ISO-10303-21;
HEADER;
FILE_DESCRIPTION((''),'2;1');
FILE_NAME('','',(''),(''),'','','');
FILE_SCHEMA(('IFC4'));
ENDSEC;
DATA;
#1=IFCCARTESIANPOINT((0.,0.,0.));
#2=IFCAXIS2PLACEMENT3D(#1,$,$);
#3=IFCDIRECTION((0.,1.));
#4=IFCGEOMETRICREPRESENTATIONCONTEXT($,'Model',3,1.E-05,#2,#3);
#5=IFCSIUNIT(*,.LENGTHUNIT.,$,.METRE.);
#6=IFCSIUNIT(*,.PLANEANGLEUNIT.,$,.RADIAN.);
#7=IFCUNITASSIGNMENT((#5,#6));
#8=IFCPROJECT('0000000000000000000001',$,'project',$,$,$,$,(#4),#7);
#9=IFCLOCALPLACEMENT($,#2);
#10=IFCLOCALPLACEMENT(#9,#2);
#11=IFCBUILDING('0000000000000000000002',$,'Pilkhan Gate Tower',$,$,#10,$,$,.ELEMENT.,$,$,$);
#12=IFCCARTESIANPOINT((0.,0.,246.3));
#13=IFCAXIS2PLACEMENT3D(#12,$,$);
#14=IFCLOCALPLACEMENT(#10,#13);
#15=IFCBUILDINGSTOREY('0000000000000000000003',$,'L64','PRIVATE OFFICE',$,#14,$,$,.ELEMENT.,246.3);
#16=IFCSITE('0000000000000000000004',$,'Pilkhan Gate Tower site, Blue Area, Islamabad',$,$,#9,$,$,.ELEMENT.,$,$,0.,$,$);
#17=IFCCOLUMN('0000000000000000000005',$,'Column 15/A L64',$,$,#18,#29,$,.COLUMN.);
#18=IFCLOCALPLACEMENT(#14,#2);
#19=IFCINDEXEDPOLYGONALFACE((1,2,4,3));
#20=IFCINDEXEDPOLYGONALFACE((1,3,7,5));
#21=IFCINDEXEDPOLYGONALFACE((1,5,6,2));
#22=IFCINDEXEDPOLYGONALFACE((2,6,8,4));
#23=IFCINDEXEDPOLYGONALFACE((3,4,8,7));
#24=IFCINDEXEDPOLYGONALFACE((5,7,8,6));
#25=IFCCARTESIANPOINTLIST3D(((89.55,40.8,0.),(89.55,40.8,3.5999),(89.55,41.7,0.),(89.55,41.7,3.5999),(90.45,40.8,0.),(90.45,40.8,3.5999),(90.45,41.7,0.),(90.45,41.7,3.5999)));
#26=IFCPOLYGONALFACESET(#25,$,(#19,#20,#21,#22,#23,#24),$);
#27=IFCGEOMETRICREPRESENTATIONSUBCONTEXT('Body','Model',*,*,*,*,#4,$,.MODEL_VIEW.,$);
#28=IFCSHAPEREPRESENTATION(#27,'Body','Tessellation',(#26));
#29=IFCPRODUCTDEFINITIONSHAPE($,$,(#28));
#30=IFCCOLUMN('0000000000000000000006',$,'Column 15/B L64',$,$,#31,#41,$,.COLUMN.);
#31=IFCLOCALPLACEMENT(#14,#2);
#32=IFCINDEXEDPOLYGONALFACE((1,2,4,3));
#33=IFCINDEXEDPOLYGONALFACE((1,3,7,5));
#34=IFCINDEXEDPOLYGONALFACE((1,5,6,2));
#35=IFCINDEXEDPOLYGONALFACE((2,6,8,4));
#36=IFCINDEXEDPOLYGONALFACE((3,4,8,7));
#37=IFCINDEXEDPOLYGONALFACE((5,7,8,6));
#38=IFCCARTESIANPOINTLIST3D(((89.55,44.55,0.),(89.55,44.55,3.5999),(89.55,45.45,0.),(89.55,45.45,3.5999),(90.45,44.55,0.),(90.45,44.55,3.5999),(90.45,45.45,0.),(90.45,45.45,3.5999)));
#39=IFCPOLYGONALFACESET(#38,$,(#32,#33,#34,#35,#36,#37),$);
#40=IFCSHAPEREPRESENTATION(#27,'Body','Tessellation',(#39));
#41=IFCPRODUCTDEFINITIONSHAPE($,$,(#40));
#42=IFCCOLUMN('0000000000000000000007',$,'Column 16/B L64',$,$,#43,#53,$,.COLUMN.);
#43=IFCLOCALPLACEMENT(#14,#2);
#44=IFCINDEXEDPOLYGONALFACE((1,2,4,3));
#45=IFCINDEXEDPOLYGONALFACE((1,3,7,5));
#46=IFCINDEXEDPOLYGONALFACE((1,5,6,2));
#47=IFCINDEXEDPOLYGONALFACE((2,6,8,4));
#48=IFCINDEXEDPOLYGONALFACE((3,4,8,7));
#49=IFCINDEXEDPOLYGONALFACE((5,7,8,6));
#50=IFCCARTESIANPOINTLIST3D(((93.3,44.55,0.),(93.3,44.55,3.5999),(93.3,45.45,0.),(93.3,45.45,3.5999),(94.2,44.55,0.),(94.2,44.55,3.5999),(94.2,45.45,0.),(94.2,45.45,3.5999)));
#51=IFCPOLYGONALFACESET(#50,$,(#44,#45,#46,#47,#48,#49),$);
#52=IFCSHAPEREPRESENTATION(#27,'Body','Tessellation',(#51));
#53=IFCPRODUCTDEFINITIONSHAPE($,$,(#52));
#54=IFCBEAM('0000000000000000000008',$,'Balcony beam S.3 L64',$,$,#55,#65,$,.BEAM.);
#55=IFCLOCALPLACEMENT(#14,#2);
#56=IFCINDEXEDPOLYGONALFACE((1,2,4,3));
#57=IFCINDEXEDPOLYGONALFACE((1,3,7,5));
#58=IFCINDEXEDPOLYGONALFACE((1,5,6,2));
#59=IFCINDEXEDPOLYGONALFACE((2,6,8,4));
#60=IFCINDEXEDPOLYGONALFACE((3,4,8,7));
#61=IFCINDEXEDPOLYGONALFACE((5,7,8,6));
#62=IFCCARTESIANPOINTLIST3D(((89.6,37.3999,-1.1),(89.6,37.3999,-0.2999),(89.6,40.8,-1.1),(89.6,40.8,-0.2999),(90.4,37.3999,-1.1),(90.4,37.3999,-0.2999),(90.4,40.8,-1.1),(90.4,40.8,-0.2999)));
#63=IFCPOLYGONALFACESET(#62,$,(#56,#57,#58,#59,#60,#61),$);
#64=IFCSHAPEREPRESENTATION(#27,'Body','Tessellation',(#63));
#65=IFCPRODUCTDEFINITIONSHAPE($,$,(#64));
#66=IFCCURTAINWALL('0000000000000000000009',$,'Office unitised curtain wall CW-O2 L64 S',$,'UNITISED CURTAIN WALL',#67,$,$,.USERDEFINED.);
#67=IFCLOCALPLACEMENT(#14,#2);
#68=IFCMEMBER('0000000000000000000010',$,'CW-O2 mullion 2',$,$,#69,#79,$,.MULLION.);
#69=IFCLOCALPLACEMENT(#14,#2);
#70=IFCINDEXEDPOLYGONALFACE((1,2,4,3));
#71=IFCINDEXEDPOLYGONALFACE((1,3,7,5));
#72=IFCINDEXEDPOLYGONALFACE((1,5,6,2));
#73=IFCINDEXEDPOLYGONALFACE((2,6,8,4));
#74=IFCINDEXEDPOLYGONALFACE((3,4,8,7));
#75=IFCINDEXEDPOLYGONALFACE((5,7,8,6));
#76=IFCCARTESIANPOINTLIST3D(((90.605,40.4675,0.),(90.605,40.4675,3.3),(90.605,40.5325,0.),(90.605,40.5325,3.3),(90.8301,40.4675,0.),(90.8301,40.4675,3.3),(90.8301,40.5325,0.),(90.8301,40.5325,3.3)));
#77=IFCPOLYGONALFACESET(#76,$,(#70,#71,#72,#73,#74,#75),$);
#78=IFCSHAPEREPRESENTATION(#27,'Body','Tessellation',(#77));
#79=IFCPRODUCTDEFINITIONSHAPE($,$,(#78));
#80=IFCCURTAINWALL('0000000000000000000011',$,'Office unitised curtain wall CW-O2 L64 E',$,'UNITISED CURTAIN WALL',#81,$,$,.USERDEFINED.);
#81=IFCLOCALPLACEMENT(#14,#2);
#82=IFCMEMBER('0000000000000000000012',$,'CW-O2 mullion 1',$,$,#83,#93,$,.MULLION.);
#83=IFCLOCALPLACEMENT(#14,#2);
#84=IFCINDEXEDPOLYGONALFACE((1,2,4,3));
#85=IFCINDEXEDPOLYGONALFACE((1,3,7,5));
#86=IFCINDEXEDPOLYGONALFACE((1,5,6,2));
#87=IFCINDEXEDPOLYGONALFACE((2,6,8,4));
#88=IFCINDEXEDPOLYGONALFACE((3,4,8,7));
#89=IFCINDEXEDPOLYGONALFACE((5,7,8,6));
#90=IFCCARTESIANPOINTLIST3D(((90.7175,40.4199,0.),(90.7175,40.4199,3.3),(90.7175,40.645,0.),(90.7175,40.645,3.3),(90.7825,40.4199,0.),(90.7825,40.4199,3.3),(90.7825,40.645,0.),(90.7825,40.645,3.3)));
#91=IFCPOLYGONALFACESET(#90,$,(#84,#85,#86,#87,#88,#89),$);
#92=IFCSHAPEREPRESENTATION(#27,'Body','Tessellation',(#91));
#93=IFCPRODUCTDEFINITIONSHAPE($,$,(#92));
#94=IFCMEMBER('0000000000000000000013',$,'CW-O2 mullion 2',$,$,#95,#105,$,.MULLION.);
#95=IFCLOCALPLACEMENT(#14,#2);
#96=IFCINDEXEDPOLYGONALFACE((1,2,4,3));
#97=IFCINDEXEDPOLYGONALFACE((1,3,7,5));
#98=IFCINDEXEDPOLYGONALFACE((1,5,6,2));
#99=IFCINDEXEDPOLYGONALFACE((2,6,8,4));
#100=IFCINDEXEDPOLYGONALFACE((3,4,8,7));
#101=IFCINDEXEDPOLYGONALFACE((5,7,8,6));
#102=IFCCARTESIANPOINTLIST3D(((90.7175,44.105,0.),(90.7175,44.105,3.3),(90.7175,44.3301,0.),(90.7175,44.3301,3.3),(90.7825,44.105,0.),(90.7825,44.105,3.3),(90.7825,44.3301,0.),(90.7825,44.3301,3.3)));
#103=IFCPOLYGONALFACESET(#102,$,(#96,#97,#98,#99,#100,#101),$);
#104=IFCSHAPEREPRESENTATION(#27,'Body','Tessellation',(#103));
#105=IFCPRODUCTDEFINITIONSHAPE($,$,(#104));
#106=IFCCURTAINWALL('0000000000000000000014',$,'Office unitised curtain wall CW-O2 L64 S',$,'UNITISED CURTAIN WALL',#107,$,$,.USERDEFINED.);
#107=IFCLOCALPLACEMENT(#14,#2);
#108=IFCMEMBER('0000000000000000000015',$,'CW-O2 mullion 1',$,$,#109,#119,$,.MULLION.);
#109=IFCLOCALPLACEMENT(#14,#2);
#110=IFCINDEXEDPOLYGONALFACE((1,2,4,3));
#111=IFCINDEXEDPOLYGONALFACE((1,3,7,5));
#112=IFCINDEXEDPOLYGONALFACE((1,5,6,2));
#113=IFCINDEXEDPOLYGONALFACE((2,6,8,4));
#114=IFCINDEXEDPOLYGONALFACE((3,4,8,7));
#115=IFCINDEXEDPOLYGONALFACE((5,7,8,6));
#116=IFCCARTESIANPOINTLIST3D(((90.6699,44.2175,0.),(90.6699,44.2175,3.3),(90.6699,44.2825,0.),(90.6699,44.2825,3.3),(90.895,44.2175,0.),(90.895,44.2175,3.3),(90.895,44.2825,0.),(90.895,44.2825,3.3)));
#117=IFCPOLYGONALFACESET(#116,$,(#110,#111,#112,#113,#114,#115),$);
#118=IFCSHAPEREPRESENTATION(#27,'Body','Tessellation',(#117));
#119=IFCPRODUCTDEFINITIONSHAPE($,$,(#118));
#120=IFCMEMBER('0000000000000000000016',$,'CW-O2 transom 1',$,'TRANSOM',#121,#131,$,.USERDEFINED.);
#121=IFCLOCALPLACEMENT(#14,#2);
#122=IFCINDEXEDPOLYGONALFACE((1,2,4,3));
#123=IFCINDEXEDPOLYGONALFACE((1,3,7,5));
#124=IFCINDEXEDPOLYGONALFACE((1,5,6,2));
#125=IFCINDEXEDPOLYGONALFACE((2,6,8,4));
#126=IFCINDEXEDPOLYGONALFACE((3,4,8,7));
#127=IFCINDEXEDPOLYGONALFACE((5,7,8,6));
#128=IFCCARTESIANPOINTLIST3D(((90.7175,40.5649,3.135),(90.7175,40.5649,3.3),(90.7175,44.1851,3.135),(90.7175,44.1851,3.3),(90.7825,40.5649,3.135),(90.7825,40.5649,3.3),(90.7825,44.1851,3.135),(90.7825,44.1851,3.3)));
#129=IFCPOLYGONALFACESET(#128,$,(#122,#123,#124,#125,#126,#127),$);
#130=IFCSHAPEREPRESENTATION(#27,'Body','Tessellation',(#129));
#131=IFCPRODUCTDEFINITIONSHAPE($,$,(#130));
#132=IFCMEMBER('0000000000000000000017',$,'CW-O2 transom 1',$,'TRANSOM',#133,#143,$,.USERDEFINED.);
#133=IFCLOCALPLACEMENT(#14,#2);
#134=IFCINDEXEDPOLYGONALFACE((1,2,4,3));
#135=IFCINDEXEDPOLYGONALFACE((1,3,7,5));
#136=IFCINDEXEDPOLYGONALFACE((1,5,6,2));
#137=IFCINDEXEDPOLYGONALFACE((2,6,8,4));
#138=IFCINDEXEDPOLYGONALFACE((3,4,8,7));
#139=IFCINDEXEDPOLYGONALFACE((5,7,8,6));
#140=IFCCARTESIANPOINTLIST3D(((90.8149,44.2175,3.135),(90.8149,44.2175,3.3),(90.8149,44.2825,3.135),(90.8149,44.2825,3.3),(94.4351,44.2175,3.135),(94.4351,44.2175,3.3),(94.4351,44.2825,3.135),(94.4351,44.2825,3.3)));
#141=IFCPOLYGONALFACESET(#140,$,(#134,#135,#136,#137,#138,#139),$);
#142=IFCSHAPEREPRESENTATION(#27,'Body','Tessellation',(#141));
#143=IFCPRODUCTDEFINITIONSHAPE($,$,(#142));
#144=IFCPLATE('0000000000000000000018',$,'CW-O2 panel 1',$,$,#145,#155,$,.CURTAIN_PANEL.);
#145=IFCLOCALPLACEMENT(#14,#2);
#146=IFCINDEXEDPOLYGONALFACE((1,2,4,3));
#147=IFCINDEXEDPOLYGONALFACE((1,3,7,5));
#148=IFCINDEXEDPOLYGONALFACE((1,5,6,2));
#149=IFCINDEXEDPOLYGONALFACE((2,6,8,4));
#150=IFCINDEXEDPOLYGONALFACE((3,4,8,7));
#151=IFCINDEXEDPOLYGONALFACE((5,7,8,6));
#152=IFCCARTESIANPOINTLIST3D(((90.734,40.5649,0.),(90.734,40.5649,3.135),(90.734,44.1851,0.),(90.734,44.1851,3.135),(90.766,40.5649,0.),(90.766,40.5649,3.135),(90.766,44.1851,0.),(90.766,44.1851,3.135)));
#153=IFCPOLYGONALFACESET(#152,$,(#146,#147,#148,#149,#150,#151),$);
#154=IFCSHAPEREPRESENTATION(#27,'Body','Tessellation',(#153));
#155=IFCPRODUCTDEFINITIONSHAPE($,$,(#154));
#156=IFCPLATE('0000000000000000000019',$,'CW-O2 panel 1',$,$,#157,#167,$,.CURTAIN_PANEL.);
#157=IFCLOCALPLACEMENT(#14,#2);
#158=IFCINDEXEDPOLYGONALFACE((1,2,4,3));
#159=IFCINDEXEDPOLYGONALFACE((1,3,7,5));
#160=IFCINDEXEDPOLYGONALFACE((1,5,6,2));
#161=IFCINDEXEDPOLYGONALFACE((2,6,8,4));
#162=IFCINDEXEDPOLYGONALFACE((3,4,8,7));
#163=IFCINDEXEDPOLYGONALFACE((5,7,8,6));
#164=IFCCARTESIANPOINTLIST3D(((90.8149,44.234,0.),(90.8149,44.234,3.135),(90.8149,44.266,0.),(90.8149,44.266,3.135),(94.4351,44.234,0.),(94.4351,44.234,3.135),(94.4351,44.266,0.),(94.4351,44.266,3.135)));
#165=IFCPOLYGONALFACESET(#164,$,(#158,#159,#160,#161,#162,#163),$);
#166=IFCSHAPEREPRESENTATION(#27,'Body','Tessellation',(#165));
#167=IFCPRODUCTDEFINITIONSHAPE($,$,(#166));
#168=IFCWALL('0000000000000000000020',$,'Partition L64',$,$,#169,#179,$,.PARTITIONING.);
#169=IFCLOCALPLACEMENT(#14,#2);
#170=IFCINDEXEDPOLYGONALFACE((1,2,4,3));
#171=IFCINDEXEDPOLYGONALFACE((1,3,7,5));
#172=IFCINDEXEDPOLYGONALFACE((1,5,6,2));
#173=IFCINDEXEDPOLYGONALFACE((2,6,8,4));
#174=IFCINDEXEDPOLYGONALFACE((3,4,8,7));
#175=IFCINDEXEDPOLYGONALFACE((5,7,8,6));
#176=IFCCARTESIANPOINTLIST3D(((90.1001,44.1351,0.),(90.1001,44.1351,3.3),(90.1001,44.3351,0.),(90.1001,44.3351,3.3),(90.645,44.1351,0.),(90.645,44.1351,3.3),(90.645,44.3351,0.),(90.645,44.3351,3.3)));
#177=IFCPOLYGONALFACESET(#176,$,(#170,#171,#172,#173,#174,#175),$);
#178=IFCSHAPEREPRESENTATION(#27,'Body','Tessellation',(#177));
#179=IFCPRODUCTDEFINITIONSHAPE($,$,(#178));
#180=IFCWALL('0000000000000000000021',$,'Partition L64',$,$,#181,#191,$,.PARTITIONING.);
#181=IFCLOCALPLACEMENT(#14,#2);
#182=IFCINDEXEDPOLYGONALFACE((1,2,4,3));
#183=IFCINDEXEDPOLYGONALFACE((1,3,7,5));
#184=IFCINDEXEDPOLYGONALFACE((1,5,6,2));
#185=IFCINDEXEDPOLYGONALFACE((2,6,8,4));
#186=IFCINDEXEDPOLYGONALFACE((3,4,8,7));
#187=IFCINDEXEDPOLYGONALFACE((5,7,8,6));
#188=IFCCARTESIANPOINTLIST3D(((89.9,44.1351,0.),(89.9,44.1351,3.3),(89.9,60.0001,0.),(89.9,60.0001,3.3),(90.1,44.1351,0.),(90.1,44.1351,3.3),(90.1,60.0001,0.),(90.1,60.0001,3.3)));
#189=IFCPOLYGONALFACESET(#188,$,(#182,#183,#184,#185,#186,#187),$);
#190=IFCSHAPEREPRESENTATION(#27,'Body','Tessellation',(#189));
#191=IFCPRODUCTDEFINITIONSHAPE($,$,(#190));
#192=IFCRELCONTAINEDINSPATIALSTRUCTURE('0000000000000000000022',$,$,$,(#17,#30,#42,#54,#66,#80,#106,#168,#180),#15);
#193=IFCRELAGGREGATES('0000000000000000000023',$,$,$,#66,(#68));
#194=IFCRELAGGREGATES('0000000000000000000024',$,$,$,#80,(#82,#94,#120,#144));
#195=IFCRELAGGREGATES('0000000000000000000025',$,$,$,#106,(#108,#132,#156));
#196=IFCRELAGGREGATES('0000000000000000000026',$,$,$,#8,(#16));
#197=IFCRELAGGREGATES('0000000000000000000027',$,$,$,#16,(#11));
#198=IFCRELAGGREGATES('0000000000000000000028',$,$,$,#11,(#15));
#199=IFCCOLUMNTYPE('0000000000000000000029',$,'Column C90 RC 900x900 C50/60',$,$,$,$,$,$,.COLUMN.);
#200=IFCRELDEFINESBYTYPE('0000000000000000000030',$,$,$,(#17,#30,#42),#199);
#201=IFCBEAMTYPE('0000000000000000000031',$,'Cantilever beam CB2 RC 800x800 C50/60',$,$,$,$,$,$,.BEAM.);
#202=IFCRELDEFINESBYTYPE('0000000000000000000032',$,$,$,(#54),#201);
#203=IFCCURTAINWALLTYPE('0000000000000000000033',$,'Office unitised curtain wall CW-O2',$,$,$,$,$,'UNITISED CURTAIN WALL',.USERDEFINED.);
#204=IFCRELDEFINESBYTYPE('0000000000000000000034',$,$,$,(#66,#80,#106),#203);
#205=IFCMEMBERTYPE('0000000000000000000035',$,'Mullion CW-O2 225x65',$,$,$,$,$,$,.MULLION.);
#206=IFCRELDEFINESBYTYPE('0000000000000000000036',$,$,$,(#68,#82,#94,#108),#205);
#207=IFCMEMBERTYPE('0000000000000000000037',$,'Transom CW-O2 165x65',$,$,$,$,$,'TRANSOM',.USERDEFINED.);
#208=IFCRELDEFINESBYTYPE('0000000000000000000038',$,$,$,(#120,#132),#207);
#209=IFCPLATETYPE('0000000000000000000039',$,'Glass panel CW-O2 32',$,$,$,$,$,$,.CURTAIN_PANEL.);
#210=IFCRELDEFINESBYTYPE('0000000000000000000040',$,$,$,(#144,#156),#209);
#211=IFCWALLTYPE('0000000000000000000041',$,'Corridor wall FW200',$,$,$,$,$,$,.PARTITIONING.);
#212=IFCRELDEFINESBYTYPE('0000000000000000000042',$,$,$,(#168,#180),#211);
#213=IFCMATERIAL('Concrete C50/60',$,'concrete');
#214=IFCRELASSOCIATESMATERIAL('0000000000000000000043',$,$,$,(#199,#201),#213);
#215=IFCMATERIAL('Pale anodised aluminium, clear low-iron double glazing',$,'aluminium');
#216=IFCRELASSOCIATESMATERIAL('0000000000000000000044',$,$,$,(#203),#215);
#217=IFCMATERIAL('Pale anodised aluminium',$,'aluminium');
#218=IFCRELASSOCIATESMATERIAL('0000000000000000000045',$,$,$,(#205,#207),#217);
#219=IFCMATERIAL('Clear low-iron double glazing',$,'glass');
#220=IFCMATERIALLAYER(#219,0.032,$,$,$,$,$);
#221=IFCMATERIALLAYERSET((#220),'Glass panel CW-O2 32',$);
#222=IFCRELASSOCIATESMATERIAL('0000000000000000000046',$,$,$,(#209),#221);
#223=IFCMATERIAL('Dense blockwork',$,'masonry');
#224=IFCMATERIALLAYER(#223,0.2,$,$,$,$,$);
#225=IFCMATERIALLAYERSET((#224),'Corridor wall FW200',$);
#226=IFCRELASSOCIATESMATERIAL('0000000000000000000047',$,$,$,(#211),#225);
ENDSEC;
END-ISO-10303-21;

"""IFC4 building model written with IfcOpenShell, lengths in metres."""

from ifc_helpers import new_model, si_unit, direction, frame, frame_2d, origin, origin_2d, place, context, subcontext, project, spatial, rectangle, extrude, material, layer, layer_set, material_profile, profile_set, type_object, element, aggregate, save


model = new_model("IFC4")

# Units and contexts
model_context = context("Model", 3, precision=1e-05, world=origin(), true_north=direction((0.0, 1.0)))
body_context = subcontext(model_context, "Body", "Model", "MODEL_VIEW")
ifc_project = project(units=[si_unit("LENGTHUNIT", "METRE"), si_unit("PLANEANGLEUNIT", "RADIAN")], contexts=[model_context])

# Site, building, storey
site_placement = place(None, origin())
site = spatial("IfcSite", under=ifc_project, at=site_placement, Name="Pilkhan Gate Tower site, Blue Area, Islamabad", CompositionType="ELEMENT", RefElevation=0.0)
building_placement = place(site_placement, origin())
building = spatial("IfcBuilding", under=site, at=building_placement, Name="Pilkhan Gate Tower", CompositionType="ELEMENT")
storey_placement = place(building_placement, frame((0.0, 0.0, 246.3)))
storey = spatial("IfcBuildingStorey", under=building, at=storey_placement, Name="L64", Description="PRIVATE OFFICE", CompositionType="ELEMENT", Elevation=246.3)

# Columns
ifc_material_1 = material(Name="Concrete C50/60", Category="concrete")
ifc_material_profile_1 = material_profile(ifc_material_1, rectangle(XDim=0.8999, YDim=0.8999, at=origin_2d()), Name="RC 900x900")
ifc_profile_set_1 = profile_set([ifc_material_profile_1], Name="Concrete C50/60")
column_type = type_object("IfcColumnType", Name="Column C90 RC 900x900 C50/60", PredefinedType="COLUMN", material=ifc_profile_set_1)
for number, where, z_axis, x_axis, name in (
    (1, (90.0, 41.25, 0.0), (0.0, 0.0, 1.0), (1.0, 0.0, 0.0), "Column 15/A L64"),
    (2, (90.0, 45.0, 0.0), (0.0, 0.0, 1.0), (1.0, 0.0, 0.0), "Column 15/B L64"),
    (3, (93.75, 45.0, 0.0), (0.0, 0.0, 1.0), (1.0, 0.0, 0.0), "Column 16/B L64"),
):
    element("IfcColumn", number, at=place(storey_placement, frame(where, z_axis=z_axis, x_axis=x_axis)), inside=storey, type_object=column_type, Name=name, PredefinedType="COLUMN", context=body_context, shape_type="SweptSolid", body=[
        extrude(rectangle(XDim=0.8999, YDim=0.8999, at=origin_2d()), origin(), (0.0, 0.0, 1.0), 3.5999),
    ])

# Beam
ifc_material_profile_2 = material_profile(ifc_material_1, rectangle(XDim=0.8, YDim=0.8, at=origin_2d()), Name="RC 800x800")
ifc_profile_set_2 = profile_set([ifc_material_profile_2], Name="Concrete C50/60")
beam_type = type_object("IfcBeamType", Name="Cantilever beam CB2 RC 800x800 C50/60", PredefinedType="BEAM", material=ifc_profile_set_2)
beam_placement = place(storey_placement, frame((90.0, 40.8, -0.7), z_axis=(0.0, -1.0, 0.0), x_axis=(1.0, 0.0, 0.0)))
element("IfcBeam", 4, at=beam_placement, inside=storey, type_object=beam_type, Name="Balcony beam S.3 L64", PredefinedType="BEAM", context=body_context, shape_type="SweptSolid", body=[
    extrude(rectangle(XDim=0.8, YDim=0.8, at=origin_2d()), origin(), (0.0, 0.0, 1.0), 3.4001),
])

# Curtain wall, member
ifc_material_2 = material(Name="Pale anodised aluminium, clear low-iron double glazing", Category="aluminium")
curtain_wall_type = type_object("IfcCurtainWallType", Name="Office unitised curtain wall CW-O2", ElementType="UNITISED CURTAIN WALL", PredefinedType="USERDEFINED", material=ifc_material_2)
curtain_wall_1_placement = place(storey_placement, origin())
curtain_wall_1 = element("IfcCurtainWall", 5, at=curtain_wall_1_placement, inside=storey, type_object=curtain_wall_type, Name="Office unitised curtain wall CW-O2 L64 S", ObjectType="UNITISED CURTAIN WALL", PredefinedType="USERDEFINED")
ifc_material_3 = material(Name="Pale anodised aluminium", Category="aluminium")
ifc_material_profile_3 = material_profile(ifc_material_3, rectangle(XDim=0.0649, YDim=0.2251, at=origin_2d()), Name="Mullion 225x65")
ifc_profile_set_3 = profile_set([ifc_material_profile_3], Name="Pale anodised aluminium")
member_type_1 = type_object("IfcMemberType", Name="Mullion CW-O2 225x65", PredefinedType="MULLION", material=ifc_profile_set_3)
member_1_placement = place(storey_placement, frame((90.7175, 40.5, 0.0), z_axis=(0.0, 0.0, 1.0), x_axis=(0.0, 1.0, 0.0)))
member_1 = element("IfcMember", 6, at=member_1_placement, type_object=member_type_1, Name="CW-O2 mullion 2", PredefinedType="MULLION", context=body_context, shape_type="SweptSolid", body=[
    extrude(rectangle(XDim=0.0649, YDim=0.2251, at=origin_2d()), origin(), (0.0, 0.0, 1.0), 3.3),
])
aggregate(curtain_wall_1, [member_1])

# Curtain wall, members
curtain_wall_2_placement = place(storey_placement, origin())
curtain_wall_2 = element("IfcCurtainWall", 7, at=curtain_wall_2_placement, inside=storey, type_object=curtain_wall_type, Name="Office unitised curtain wall CW-O2 L64 E", ObjectType="UNITISED CURTAIN WALL", PredefinedType="USERDEFINED")
member_2_placement = place(storey_placement, frame((90.75, 40.5325, 0.0), z_axis=(0.0, 0.0, 1.0), x_axis=(-1.0, 0.0, 0.0)))
member_2 = element("IfcMember", 8, at=member_2_placement, type_object=member_type_1, Name="CW-O2 mullion 1", PredefinedType="MULLION", context=body_context, shape_type="SweptSolid", body=[
    extrude(rectangle(XDim=0.0649, YDim=0.2251, at=origin_2d()), origin(), (0.0, 0.0, 1.0), 3.3),
])
member_3_placement = place(storey_placement, frame((90.75, 44.2175, 0.0), z_axis=(0.0, 0.0, 1.0), x_axis=(-1.0, 0.0, 0.0)))
member_3 = element("IfcMember", 9, at=member_3_placement, type_object=member_type_1, Name="CW-O2 mullion 2", PredefinedType="MULLION", context=body_context, shape_type="SweptSolid", body=[
    extrude(rectangle(XDim=0.0649, YDim=0.2251, at=origin_2d()), origin(), (0.0, 0.0, 1.0), 3.3),
])

# Curtain wall, member
curtain_wall_3_placement = place(storey_placement, origin())
curtain_wall_3 = element("IfcCurtainWall", 10, at=curtain_wall_3_placement, inside=storey, type_object=curtain_wall_type, Name="Office unitised curtain wall CW-O2 L64 S", ObjectType="UNITISED CURTAIN WALL", PredefinedType="USERDEFINED")
member_4_placement = place(storey_placement, frame((90.7825, 44.25, 0.0), z_axis=(0.0, 0.0, 1.0), x_axis=(0.0, 1.0, 0.0)))
member_4 = element("IfcMember", 11, at=member_4_placement, type_object=member_type_1, Name="CW-O2 mullion 1", PredefinedType="MULLION", context=body_context, shape_type="SweptSolid", body=[
    extrude(rectangle(XDim=0.0649, YDim=0.2251, at=origin_2d()), origin(), (0.0, 0.0, 1.0), 3.3),
])

# Members
ifc_material_profile_4 = material_profile(ifc_material_3, rectangle(XDim=0.0649, YDim=0.165, at=origin_2d()), Name="Transom 165x65")
ifc_profile_set_4 = profile_set([ifc_material_profile_4], Name="Pale anodised aluminium")
member_type_2 = type_object("IfcMemberType", Name="Transom CW-O2 165x65", ElementType="TRANSOM", PredefinedType="USERDEFINED", material=ifc_profile_set_4)
member_5_placement = place(storey_placement, frame((90.75, 40.5649, 3.2175), z_axis=(0.0, 1.0, 0.0), x_axis=(-1.0, 0.0, 0.0)))
member_5 = element("IfcMember", 12, at=member_5_placement, type_object=member_type_2, Name="CW-O2 transom 1", ObjectType="TRANSOM", PredefinedType="USERDEFINED", context=body_context, shape_type="SweptSolid", body=[
    extrude(rectangle(XDim=0.0649, YDim=0.165, at=origin_2d()), origin(), (0.0, 0.0, 1.0), 3.6201),
])
member_6_placement = place(storey_placement, frame((90.8149, 44.25, 3.2175), z_axis=(1.0, 0.0, 0.0), x_axis=(0.0, 1.0, 0.0)))
member_6 = element("IfcMember", 13, at=member_6_placement, type_object=member_type_2, Name="CW-O2 transom 1", ObjectType="TRANSOM", PredefinedType="USERDEFINED", context=body_context, shape_type="SweptSolid", body=[
    extrude(rectangle(XDim=0.0649, YDim=0.165, at=origin_2d()), origin(), (0.0, 0.0, 1.0), 3.6201),
])

# Plates
ifc_material_4 = material(Name="Clear low-iron double glazing", Category="glass")
ifc_layer_1 = layer(ifc_material_4, 0.032)
ifc_layer_set_1 = layer_set([ifc_layer_1], Name="Glass panel CW-O2 32")
plate_type = type_object("IfcPlateType", Name="Glass panel CW-O2 32", PredefinedType="CURTAIN_PANEL", material=ifc_layer_set_1)
plate_1_placement = place(storey_placement, frame((90.75, 42.375, 0.0), z_axis=(0.0, 0.0, 1.0), x_axis=(0.0, 1.0, 0.0)))
plate_1 = element("IfcPlate", 14, at=plate_1_placement, type_object=plate_type, Name="CW-O2 panel 1", PredefinedType="CURTAIN_PANEL", context=body_context, shape_type="SweptSolid", body=[
    extrude(rectangle(XDim=3.6201, YDim=0.032, at=origin_2d()), origin(), (0.0, 0.0, 1.0), 3.135),
])
aggregate(curtain_wall_2, [member_2, member_3, member_5, plate_1])
plate_2_placement = place(storey_placement, frame((92.625, 44.25, 0.0), z_axis=(0.0, 0.0, 1.0), x_axis=(1.0, 0.0, 0.0)))
plate_2 = element("IfcPlate", 15, at=plate_2_placement, type_object=plate_type, Name="CW-O2 panel 1", PredefinedType="CURTAIN_PANEL", context=body_context, shape_type="SweptSolid", body=[
    extrude(rectangle(XDim=3.6201, YDim=0.032, at=origin_2d()), origin(), (0.0, 0.0, 1.0), 3.135),
])
aggregate(curtain_wall_3, [member_4, member_6, plate_2])

# Walls
ifc_material_5 = material(Name="Dense blockwork", Category="masonry")
ifc_layer_2 = layer(ifc_material_5, 0.2)
ifc_layer_set_2 = layer_set([ifc_layer_2], Name="Corridor wall FW200")
wall_type_1 = type_object("IfcWallType", Name="Corridor wall FW200", PredefinedType="PARTITIONING", material=ifc_layer_set_2)
wall_1_placement = place(storey_placement, frame((90.1001, 44.2351, 0.0), z_axis=(0.0, 0.0, 1.0), x_axis=(1.0, 0.0, 0.0)))
element("IfcWall", 16, at=wall_1_placement, inside=storey, type_object=wall_type_1, Name="Partition L64", PredefinedType="PARTITIONING", context=body_context, shape_type="SweptSolid", body=[
    extrude(rectangle(XDim=0.5449, YDim=0.2, at=frame_2d((0.2725, 0.0))), origin(), (0.0, 0.0, 1.0), 3.3),
])
wall_2_placement = place(storey_placement, frame((90.0, 44.135, 0.0), z_axis=(0.0, 0.0, 1.0), x_axis=(0.0, 1.0, 0.0)))
element("IfcWall", 17, at=wall_2_placement, inside=storey, type_object=wall_type_1, Name="Partition L64", PredefinedType="PARTITIONING", context=body_context, shape_type="SweptSolid", body=[
    extrude(rectangle(XDim=15.865, YDim=0.2, at=frame_2d((7.9326, 0.0))), origin(), (0.0, 0.0, 1.0), 3.3),
])

save(model, "model.ifc")
